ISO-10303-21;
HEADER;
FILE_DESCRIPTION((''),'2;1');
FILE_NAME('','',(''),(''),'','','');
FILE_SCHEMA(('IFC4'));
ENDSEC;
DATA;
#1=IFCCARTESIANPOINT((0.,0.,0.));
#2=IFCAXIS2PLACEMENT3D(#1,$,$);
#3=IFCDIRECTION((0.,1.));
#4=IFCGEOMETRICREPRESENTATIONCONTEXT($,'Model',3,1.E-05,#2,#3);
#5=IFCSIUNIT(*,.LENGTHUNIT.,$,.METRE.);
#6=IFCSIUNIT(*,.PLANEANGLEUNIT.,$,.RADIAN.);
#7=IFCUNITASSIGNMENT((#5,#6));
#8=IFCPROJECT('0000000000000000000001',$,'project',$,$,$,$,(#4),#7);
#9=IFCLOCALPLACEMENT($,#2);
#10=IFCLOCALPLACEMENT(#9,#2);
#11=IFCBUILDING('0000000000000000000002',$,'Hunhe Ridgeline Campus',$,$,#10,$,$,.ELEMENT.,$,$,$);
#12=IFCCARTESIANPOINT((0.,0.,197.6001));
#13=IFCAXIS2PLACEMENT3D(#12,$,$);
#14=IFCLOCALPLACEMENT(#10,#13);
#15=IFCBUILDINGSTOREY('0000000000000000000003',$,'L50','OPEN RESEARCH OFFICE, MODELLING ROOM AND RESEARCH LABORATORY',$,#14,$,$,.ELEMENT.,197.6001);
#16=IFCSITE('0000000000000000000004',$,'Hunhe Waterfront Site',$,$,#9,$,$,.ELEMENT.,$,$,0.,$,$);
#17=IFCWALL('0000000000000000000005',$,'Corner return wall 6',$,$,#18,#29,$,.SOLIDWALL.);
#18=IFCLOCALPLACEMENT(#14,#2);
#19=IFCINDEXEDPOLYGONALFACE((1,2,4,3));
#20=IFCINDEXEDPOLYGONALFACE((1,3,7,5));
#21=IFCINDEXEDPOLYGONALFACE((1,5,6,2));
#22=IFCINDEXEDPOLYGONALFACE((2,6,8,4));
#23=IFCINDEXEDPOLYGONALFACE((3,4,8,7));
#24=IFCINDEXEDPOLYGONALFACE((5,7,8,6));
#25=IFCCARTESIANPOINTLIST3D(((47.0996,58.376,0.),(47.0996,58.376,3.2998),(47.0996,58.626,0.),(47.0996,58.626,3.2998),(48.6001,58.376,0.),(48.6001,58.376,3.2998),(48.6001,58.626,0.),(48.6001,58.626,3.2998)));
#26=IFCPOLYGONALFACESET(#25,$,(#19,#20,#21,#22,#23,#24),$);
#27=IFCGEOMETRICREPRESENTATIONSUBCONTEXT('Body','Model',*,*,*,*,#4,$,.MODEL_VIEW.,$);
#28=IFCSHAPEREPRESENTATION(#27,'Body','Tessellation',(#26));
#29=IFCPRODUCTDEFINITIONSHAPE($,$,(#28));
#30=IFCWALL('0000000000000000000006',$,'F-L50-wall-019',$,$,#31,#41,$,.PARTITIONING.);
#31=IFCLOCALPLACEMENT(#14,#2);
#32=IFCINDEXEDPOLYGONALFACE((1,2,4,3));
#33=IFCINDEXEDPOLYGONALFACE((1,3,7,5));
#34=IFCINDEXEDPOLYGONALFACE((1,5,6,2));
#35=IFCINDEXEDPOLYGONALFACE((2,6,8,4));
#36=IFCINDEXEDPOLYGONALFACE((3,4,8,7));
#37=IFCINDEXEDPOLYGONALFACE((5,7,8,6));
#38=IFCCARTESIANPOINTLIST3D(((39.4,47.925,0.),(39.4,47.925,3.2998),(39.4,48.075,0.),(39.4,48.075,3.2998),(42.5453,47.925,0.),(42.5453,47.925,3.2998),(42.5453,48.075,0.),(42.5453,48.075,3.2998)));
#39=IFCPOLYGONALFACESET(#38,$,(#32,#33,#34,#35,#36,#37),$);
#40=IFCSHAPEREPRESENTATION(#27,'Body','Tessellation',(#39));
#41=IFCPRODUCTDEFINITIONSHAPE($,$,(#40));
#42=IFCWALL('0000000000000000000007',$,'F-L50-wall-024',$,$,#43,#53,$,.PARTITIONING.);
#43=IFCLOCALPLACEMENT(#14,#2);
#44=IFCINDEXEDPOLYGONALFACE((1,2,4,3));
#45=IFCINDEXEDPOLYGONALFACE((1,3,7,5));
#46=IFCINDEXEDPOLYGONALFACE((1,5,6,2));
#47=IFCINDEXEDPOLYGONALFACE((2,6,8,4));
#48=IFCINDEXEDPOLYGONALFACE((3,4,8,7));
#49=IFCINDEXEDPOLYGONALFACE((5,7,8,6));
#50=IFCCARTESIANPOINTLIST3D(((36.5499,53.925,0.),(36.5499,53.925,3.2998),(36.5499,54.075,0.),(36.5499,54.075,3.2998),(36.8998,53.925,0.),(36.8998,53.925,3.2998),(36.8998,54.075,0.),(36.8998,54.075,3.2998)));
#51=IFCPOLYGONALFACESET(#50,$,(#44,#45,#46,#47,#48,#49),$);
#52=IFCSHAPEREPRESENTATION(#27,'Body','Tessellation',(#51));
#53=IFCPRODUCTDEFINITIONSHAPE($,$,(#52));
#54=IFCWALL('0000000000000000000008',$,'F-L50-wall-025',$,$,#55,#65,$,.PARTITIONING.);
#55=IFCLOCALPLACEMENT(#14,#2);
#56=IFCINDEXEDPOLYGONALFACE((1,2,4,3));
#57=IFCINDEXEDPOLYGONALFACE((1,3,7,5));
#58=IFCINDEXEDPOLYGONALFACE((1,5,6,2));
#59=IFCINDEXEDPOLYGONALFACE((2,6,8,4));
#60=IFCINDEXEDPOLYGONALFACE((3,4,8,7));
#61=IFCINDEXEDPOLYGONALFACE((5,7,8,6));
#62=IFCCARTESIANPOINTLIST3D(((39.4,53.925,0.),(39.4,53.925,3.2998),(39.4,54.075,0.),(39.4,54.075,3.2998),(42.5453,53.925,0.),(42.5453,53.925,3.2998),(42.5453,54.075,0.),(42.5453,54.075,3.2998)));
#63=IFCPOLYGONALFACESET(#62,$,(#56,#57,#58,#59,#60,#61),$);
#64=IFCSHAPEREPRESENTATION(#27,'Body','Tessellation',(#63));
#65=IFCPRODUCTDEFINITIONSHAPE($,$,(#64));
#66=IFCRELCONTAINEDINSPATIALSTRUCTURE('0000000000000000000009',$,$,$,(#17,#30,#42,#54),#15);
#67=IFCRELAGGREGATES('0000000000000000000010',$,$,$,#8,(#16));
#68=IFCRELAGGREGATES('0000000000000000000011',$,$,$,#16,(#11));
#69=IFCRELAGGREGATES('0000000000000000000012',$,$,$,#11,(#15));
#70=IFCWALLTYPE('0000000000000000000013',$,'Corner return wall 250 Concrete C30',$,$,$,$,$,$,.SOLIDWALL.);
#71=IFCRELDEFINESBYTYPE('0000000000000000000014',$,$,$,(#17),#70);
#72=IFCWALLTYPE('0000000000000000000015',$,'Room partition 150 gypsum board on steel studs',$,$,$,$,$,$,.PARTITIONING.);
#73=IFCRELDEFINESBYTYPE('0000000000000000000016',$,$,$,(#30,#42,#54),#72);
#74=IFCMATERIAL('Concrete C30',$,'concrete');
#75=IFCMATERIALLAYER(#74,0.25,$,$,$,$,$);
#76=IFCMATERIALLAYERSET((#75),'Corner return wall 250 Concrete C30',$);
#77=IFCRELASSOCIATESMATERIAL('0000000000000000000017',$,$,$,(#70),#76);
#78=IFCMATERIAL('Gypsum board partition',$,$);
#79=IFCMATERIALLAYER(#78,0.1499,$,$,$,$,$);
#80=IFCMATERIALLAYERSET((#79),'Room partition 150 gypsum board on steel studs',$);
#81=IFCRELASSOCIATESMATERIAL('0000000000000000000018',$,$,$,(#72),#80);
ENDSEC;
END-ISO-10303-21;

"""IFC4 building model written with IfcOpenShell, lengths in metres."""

from ifc_helpers import new_model, si_unit, direction, frame, frame_2d, origin, place, context, subcontext, project, spatial, rectangle, extrude, material, layer, layer_set, type_object, element, save


model = new_model("IFC4")

# Units and contexts
model_context = context("Model", 3, precision=1e-05, world=origin(), true_north=direction((0.0, 1.0)))
body_context = subcontext(model_context, "Body", "Model", "MODEL_VIEW")
ifc_project = project(units=[si_unit("LENGTHUNIT", "METRE"), si_unit("PLANEANGLEUNIT", "RADIAN")], contexts=[model_context])

# Site, building, storey
site_placement = place(None, origin())
site = spatial("IfcSite", under=ifc_project, at=site_placement, Name="Hunhe Waterfront Site", CompositionType="ELEMENT", RefElevation=0.0)
building_placement = place(site_placement, origin())
building = spatial("IfcBuilding", under=site, at=building_placement, Name="Hunhe Ridgeline Campus", CompositionType="ELEMENT")
storey_placement = place(building_placement, frame((0.0, 0.0, 197.6001)))
storey = spatial("IfcBuildingStorey", under=building, at=storey_placement, Name="L50", Description="OPEN RESEARCH OFFICE, MODELLING ROOM AND RESEARCH LABORATORY", CompositionType="ELEMENT", Elevation=197.6001)

# Walls
ifc_material_1 = material(Name="Concrete C30", Category="concrete")
ifc_layer_1 = layer(ifc_material_1, 0.25)
ifc_layer_set_1 = layer_set([ifc_layer_1], Name="Corner return wall 250 Concrete C30")
wall_type_1 = type_object("IfcWallType", Name="Corner return wall 250 Concrete C30", PredefinedType="SOLIDWALL", material=ifc_layer_set_1)
wall_1_placement = place(storey_placement, frame((47.0996, 58.501, 0.0), z_axis=(0.0, 0.0, 1.0), x_axis=(1.0, 0.0, 0.0)))
element("IfcWall", 1, at=wall_1_placement, inside=storey, type_object=wall_type_1, Name="Corner return wall 6", PredefinedType="SOLIDWALL", context=body_context, shape_type="SweptSolid", body=[
    extrude(rectangle(XDim=1.5005, YDim=0.25, at=frame_2d((0.7502, 0.0))), origin(), (0.0, 0.0, 1.0), 3.2998),
])
ifc_material_2 = material(Name="Gypsum board partition")
ifc_layer_2 = layer(ifc_material_2, 0.1499)
ifc_layer_set_2 = layer_set([ifc_layer_2], Name="Room partition 150 gypsum board on steel studs")
wall_type_2 = type_object("IfcWallType", Name="Room partition 150 gypsum board on steel studs", PredefinedType="PARTITIONING", material=ifc_layer_set_2)
wall_2_placement = place(storey_placement, frame((39.3999, 48.0, 0.0), z_axis=(0.0, 0.0, 1.0), x_axis=(1.0, 0.0, 0.0)))
element("IfcWall", 2, at=wall_2_placement, inside=storey, type_object=wall_type_2, Name="F-L50-wall-019", PredefinedType="PARTITIONING", context=body_context, shape_type="SweptSolid", body=[
    extrude(rectangle(XDim=3.1453, YDim=0.1499, at=frame_2d((1.5728, 0.0))), origin(), (0.0, 0.0, 1.0), 3.2998),
])
wall_3_placement = place(storey_placement, frame((36.55, 54.0, 0.0), z_axis=(0.0, 0.0, 1.0), x_axis=(1.0, 0.0, 0.0)))
element("IfcWall", 3, at=wall_3_placement, inside=storey, type_object=wall_type_2, Name="F-L50-wall-024", PredefinedType="PARTITIONING", context=body_context, shape_type="SweptSolid", body=[
    extrude(rectangle(XDim=0.3499, YDim=0.1499, at=frame_2d((0.1748, 0.0))), origin(), (0.0, 0.0, 1.0), 3.2998),
])
wall_4_placement = place(storey_placement, frame((39.3999, 54.0, 0.0), z_axis=(0.0, 0.0, 1.0), x_axis=(1.0, 0.0, 0.0)))
element("IfcWall", 4, at=wall_4_placement, inside=storey, type_object=wall_type_2, Name="F-L50-wall-025", PredefinedType="PARTITIONING", context=body_context, shape_type="SweptSolid", body=[
    extrude(rectangle(XDim=3.1453, YDim=0.1499, at=frame_2d((1.5728, 0.0))), origin(), (0.0, 0.0, 1.0), 3.2998),
])

save(model, "model.ifc")
